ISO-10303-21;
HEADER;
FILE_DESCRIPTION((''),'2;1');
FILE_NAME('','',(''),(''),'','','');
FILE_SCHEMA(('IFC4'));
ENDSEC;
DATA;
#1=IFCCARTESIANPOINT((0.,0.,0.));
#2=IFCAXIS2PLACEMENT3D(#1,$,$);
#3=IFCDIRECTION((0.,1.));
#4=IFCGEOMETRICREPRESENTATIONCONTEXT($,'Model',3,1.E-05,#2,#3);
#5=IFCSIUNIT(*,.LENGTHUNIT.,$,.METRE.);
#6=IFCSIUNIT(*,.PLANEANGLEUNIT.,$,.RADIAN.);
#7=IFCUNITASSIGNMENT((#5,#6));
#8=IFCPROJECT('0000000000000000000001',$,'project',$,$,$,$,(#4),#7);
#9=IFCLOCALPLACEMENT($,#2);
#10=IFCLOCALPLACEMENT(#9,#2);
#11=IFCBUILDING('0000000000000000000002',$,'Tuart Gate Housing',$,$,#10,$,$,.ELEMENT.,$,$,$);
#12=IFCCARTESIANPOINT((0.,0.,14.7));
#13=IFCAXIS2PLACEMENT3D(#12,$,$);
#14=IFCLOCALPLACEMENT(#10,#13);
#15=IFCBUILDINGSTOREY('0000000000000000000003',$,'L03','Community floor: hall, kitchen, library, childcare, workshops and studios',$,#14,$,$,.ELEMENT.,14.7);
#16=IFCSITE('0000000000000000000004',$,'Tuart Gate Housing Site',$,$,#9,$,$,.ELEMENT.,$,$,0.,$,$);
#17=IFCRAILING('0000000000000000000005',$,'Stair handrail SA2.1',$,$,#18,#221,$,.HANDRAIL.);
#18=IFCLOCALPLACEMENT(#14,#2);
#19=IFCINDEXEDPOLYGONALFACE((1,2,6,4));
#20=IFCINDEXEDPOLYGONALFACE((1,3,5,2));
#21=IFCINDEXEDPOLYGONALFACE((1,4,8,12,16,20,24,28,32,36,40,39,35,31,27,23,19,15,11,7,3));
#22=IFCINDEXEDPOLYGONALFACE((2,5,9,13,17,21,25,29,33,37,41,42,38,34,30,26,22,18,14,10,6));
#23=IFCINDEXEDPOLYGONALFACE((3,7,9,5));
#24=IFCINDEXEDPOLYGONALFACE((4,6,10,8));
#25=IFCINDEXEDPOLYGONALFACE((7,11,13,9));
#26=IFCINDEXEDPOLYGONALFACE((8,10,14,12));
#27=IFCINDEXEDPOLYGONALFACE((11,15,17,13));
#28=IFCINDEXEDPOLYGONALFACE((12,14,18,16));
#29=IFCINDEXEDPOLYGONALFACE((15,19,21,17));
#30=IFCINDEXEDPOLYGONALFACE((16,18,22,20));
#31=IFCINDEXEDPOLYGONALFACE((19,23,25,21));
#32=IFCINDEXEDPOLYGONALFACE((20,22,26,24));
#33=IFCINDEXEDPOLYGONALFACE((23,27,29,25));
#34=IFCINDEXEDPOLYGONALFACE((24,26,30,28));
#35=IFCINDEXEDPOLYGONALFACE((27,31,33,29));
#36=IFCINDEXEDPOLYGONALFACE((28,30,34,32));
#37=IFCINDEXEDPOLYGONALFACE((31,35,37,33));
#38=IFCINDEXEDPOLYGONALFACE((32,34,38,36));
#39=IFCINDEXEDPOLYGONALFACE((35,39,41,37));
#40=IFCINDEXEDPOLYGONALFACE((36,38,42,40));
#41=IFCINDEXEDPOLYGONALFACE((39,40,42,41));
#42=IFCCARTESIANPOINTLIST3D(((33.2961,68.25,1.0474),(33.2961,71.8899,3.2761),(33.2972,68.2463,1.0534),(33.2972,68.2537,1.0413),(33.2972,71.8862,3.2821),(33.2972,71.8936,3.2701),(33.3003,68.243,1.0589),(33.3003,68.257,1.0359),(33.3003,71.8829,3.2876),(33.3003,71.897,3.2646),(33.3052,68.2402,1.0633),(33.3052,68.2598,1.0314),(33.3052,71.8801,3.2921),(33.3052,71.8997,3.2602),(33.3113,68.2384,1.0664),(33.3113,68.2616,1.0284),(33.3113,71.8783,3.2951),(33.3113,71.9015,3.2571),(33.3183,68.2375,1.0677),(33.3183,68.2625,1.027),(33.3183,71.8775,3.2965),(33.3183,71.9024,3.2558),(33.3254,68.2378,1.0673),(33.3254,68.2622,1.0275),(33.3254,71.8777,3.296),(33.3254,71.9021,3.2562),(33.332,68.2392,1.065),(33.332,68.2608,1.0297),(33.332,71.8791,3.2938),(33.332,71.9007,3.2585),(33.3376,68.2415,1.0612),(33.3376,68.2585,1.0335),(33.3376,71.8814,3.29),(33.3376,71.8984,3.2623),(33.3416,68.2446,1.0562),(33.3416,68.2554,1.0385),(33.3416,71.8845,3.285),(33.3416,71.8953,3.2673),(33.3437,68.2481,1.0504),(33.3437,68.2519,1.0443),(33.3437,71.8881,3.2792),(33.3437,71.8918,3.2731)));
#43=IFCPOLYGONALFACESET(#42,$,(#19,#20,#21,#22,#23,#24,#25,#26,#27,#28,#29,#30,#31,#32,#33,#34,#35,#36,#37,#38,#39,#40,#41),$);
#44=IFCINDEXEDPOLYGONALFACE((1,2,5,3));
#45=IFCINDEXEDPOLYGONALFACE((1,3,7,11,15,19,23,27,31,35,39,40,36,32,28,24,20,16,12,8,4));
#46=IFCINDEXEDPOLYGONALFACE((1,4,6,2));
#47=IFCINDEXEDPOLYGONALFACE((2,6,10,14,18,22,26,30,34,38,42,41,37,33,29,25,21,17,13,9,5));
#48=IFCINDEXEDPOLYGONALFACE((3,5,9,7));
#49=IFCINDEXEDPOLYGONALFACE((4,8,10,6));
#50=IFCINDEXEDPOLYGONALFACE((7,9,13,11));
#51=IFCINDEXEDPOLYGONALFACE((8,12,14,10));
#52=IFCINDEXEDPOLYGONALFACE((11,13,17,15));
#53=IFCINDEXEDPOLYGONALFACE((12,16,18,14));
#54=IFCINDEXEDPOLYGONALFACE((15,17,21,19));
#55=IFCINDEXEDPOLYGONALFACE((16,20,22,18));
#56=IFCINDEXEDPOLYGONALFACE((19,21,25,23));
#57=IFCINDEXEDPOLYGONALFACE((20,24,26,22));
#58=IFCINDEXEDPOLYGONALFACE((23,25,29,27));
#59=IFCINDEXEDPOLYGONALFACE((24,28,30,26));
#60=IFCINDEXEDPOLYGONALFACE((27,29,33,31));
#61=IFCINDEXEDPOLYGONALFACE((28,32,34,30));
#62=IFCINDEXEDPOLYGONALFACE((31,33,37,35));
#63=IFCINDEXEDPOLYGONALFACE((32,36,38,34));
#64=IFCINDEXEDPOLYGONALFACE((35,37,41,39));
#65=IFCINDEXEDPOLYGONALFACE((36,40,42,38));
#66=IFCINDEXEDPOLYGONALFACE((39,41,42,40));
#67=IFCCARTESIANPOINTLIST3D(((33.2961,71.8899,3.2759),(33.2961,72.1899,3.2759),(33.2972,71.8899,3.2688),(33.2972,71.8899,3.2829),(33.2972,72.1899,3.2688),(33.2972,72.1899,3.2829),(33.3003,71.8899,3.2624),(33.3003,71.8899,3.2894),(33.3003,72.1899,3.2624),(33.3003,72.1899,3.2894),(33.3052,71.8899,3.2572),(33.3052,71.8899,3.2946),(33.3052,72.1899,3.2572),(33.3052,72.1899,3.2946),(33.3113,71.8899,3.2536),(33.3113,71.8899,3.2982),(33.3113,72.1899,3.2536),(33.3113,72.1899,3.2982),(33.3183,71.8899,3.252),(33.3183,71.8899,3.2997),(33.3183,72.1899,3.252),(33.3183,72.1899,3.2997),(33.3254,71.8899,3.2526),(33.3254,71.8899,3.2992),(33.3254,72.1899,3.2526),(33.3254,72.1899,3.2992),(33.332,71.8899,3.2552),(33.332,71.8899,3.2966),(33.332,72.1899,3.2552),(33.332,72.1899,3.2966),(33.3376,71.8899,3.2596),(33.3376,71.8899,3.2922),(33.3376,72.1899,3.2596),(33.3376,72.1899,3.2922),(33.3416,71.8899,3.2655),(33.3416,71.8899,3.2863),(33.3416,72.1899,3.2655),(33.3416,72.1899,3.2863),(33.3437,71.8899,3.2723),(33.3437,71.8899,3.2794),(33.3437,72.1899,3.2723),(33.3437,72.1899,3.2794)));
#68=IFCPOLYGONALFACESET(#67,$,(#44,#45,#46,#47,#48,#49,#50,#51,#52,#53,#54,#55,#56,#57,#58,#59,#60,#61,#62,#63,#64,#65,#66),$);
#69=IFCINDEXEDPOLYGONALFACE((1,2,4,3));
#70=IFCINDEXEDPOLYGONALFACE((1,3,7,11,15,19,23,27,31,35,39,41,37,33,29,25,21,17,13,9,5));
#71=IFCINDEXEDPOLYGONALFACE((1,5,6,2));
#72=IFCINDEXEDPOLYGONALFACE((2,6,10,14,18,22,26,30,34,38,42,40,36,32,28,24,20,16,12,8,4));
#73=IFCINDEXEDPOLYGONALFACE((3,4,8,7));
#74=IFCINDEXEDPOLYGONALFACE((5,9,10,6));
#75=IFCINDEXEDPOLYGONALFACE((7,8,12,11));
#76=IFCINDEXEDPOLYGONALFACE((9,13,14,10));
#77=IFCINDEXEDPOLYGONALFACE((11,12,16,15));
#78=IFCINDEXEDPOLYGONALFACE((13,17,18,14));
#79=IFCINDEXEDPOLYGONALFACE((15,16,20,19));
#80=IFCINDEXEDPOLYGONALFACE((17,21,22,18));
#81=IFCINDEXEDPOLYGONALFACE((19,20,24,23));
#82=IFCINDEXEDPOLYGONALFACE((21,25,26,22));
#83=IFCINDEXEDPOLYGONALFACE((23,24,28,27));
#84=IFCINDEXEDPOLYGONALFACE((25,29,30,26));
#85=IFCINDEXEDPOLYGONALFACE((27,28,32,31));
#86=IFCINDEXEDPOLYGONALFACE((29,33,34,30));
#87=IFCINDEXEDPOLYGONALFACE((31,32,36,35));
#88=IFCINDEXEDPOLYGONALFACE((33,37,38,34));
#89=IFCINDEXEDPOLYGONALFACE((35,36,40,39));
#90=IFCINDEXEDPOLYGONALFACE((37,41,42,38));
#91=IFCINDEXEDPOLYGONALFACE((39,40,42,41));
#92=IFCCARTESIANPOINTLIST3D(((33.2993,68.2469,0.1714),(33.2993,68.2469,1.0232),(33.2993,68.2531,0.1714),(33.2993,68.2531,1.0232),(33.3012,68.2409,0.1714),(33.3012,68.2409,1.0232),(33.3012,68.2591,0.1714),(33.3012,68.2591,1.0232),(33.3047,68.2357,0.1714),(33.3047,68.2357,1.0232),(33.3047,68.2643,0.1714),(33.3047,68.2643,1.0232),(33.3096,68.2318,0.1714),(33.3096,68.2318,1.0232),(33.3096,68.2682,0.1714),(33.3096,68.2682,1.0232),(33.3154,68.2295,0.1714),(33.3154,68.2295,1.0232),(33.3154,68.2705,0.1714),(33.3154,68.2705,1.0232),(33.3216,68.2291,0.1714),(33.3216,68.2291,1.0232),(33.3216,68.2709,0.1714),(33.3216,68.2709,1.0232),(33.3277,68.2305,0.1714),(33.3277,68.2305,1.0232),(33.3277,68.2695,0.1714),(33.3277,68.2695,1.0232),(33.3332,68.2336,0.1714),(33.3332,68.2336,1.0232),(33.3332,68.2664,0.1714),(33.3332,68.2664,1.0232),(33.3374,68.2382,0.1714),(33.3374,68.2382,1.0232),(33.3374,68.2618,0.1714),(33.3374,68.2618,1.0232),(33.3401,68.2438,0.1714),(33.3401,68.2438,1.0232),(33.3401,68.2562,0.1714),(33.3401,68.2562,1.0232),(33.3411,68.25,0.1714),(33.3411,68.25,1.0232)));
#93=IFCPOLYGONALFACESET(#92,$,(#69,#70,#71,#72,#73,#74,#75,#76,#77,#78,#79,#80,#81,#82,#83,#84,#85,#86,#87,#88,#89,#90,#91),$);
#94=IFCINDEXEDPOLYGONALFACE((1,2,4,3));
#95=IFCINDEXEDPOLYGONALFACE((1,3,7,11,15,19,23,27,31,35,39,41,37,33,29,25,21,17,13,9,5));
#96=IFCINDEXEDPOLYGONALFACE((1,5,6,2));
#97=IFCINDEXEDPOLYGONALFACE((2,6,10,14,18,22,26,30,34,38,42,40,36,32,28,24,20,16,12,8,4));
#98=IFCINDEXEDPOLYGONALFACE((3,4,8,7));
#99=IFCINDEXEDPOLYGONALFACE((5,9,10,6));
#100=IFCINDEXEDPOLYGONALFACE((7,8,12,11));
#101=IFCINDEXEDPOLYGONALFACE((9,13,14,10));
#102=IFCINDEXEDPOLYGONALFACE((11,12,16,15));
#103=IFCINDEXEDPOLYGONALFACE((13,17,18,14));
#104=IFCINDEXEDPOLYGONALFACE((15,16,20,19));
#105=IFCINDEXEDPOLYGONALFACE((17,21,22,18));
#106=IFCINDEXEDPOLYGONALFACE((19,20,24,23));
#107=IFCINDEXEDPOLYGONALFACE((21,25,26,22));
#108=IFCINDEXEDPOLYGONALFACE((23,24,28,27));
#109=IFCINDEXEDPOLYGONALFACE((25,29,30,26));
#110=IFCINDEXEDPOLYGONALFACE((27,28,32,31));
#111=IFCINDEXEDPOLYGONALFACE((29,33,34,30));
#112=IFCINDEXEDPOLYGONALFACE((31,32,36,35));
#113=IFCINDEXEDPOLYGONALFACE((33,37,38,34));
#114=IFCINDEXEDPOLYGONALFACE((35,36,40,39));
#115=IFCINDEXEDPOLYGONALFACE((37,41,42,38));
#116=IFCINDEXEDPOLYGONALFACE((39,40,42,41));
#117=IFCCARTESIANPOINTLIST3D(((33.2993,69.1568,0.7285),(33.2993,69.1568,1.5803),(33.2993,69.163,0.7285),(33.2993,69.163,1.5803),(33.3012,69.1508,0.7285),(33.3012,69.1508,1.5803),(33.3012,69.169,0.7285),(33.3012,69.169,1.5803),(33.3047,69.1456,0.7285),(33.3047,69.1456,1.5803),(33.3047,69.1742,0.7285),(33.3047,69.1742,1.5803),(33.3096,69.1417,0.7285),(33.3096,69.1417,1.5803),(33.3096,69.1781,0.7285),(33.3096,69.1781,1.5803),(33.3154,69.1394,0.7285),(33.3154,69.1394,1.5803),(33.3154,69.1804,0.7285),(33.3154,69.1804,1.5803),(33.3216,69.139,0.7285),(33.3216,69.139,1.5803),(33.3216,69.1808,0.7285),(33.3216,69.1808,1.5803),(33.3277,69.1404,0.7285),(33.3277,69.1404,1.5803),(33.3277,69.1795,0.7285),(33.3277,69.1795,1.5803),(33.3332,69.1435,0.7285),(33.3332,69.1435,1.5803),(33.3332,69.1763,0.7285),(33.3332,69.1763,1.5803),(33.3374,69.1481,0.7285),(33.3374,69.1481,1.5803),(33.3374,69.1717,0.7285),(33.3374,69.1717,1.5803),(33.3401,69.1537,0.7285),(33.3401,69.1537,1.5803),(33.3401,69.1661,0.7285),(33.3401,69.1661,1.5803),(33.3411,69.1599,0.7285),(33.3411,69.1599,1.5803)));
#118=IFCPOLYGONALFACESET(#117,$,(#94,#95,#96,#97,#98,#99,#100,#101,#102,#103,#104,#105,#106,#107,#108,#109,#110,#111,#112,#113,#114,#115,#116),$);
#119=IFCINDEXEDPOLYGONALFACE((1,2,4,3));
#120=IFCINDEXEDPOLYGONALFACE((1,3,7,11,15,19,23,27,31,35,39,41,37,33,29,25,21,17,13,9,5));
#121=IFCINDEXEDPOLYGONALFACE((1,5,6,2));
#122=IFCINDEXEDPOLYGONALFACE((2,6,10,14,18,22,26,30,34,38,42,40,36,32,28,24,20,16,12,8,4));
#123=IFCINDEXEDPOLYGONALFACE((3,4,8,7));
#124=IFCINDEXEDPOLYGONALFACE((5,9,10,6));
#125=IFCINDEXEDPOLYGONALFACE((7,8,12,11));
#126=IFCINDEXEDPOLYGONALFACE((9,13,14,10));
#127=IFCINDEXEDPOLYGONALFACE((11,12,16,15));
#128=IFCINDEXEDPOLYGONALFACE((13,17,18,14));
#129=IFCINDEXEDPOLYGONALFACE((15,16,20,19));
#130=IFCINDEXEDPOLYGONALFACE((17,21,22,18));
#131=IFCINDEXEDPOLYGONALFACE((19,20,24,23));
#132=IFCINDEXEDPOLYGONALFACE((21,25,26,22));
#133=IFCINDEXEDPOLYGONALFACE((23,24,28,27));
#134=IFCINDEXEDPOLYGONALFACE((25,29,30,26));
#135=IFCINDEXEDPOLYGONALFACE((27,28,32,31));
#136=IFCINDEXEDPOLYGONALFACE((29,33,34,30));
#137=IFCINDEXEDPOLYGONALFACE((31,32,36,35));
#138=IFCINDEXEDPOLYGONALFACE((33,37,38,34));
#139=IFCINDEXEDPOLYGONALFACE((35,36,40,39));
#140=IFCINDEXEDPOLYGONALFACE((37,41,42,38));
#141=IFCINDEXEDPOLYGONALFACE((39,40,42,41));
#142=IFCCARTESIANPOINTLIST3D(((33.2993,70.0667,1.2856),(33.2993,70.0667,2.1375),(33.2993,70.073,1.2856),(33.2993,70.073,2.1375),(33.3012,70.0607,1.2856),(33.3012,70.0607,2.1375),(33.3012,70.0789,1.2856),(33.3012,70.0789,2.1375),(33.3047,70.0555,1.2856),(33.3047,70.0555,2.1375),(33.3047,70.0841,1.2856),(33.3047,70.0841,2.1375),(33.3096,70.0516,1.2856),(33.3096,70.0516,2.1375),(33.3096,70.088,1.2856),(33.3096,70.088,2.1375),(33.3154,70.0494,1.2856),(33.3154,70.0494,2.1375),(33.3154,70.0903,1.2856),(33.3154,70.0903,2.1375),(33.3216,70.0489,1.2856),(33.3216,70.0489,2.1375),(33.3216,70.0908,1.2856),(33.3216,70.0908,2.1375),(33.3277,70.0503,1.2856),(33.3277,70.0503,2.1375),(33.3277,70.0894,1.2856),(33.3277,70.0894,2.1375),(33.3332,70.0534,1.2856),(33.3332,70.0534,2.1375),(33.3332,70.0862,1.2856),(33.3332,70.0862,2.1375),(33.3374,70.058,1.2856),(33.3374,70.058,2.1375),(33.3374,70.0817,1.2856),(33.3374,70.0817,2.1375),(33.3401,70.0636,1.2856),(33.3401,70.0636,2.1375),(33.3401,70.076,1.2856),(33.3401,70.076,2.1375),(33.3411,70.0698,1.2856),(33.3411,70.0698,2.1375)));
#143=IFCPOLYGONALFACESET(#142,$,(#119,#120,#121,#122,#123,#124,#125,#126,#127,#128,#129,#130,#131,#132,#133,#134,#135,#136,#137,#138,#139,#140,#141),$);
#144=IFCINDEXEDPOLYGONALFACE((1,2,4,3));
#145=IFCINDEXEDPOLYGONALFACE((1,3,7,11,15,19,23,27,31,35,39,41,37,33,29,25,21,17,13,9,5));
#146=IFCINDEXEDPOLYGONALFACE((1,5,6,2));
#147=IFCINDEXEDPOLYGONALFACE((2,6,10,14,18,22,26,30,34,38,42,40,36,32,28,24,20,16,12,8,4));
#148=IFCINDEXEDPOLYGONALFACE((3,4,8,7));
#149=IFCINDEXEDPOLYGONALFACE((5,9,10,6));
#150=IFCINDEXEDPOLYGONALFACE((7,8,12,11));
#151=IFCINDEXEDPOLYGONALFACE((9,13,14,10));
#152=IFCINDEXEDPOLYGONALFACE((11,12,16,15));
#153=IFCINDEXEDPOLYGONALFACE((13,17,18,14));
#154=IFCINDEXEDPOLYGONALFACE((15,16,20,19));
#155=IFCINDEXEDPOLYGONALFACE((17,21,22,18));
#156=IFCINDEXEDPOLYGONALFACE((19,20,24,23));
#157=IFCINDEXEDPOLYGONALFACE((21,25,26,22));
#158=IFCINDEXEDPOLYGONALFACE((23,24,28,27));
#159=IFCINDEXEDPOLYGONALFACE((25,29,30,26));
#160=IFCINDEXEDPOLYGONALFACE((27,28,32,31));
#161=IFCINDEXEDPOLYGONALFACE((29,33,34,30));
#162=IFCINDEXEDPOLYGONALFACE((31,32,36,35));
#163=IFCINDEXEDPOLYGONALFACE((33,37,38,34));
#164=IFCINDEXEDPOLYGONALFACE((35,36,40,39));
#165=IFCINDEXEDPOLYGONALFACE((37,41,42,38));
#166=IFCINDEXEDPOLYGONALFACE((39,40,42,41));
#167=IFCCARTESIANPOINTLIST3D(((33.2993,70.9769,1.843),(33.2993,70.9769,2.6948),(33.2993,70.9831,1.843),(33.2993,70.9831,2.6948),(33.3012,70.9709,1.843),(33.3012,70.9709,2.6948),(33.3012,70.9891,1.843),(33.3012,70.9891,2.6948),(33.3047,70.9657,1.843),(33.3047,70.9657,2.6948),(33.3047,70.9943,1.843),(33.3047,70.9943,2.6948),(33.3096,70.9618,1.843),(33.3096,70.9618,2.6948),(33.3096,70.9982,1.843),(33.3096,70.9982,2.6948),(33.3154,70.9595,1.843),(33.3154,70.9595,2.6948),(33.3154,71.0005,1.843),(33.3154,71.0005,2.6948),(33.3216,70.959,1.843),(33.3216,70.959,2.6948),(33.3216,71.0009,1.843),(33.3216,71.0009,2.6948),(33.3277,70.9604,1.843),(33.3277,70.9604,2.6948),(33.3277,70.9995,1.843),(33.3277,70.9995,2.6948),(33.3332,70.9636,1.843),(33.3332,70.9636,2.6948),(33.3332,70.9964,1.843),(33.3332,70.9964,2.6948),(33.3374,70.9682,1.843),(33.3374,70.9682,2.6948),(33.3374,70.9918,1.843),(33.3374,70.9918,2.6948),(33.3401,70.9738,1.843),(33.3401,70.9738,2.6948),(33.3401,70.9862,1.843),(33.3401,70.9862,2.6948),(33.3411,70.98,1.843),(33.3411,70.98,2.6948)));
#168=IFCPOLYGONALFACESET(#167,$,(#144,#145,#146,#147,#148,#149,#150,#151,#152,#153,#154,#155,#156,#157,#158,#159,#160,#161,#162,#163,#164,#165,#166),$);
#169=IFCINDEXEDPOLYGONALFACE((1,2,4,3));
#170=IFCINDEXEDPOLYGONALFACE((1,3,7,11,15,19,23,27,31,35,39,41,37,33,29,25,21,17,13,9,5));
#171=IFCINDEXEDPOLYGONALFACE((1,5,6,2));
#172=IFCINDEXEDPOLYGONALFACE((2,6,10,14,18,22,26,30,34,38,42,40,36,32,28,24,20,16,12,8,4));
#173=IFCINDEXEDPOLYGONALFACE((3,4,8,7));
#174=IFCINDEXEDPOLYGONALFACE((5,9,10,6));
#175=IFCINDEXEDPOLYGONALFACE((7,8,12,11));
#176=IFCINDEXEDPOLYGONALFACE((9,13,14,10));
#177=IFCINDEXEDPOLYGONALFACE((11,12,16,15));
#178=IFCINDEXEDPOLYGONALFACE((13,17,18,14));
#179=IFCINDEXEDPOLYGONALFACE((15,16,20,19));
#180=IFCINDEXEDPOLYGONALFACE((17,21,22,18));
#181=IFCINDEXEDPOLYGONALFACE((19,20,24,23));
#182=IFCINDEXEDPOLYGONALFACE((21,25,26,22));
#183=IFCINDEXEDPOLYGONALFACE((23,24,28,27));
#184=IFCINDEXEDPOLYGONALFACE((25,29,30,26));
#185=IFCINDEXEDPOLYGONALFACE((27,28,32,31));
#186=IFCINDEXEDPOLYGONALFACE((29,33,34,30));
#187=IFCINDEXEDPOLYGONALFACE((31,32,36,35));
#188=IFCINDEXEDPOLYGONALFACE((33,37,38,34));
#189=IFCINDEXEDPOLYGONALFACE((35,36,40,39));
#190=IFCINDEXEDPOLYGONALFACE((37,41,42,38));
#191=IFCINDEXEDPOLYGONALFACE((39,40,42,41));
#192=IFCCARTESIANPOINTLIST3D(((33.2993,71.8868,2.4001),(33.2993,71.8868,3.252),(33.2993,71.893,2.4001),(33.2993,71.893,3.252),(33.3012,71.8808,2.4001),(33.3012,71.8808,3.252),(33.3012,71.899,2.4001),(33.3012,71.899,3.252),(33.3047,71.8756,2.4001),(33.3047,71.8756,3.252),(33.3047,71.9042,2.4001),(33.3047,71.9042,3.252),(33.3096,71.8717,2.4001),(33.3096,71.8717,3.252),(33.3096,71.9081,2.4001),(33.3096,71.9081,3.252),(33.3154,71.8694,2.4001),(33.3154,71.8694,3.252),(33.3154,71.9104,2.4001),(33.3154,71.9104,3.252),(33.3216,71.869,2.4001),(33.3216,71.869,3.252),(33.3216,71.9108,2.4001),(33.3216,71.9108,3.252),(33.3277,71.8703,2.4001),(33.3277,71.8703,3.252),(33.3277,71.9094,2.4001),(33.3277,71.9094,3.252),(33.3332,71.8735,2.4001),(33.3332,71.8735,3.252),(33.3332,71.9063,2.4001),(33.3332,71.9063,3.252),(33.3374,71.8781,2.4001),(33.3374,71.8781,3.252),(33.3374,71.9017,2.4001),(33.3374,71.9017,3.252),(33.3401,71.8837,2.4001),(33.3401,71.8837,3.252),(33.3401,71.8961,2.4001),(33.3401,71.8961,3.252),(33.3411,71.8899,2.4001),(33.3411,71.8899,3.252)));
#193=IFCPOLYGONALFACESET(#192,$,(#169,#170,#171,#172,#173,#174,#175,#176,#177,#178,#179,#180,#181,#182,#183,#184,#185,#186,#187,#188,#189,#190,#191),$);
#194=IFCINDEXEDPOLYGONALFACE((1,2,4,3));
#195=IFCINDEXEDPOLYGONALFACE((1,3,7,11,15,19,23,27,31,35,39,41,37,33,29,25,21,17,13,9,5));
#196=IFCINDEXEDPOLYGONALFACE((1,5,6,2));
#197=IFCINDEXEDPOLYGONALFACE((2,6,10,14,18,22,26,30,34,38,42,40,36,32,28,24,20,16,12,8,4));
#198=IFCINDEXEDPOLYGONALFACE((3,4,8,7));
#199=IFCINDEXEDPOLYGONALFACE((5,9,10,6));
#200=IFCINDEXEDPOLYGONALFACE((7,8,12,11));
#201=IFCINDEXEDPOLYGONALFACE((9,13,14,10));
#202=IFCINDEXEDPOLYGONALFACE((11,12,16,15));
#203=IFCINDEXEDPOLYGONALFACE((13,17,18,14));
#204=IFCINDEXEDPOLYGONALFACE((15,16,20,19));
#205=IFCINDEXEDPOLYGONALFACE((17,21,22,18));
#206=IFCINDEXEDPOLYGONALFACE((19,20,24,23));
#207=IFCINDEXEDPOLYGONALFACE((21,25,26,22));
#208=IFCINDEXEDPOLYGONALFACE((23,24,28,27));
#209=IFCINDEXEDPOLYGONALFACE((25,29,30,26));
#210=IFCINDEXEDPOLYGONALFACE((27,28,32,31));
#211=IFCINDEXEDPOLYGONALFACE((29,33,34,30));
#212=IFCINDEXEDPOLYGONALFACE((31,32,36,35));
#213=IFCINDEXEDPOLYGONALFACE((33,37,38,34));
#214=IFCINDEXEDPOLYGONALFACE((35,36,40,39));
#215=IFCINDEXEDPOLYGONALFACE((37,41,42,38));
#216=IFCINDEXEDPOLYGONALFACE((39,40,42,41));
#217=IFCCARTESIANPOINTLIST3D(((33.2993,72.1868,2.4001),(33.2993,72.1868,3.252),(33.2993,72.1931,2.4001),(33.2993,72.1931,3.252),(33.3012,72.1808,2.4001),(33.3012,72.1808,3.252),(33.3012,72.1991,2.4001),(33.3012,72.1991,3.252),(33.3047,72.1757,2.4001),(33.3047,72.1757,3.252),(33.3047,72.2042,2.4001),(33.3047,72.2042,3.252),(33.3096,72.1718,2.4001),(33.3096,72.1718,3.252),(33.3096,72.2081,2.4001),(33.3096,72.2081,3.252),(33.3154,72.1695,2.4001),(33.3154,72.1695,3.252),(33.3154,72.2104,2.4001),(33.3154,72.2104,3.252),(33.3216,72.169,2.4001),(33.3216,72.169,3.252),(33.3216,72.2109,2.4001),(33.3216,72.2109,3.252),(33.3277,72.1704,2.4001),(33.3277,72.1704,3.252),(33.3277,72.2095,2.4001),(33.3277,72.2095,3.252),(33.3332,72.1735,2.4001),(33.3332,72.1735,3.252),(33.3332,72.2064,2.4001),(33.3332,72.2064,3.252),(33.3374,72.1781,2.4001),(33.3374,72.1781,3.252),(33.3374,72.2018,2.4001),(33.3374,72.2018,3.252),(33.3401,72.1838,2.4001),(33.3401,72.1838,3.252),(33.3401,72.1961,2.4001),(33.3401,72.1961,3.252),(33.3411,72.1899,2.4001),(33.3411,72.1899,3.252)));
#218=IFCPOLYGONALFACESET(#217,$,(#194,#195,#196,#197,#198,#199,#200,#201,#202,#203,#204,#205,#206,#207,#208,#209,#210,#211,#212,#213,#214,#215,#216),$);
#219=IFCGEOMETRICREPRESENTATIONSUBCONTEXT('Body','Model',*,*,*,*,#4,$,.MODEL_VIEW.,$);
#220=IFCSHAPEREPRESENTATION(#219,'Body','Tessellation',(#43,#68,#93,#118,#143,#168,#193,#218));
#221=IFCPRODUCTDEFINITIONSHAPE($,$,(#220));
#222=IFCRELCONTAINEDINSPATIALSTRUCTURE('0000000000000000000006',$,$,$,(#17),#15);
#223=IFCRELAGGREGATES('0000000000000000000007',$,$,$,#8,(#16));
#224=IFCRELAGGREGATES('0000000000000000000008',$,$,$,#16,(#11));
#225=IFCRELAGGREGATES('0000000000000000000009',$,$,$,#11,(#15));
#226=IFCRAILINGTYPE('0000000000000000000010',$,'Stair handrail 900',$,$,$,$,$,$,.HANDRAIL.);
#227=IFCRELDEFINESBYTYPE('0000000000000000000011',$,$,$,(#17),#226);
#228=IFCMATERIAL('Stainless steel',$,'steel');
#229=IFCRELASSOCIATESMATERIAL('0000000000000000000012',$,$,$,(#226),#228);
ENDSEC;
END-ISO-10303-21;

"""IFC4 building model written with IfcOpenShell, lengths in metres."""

from ifc_helpers import new_model, si_unit, direction, frame, origin, origin_2d, place, context, subcontext, project, spatial, circle, extrude, material, type_object, element, save


model = new_model("IFC4")

# Units and contexts
model_context = context("Model", 3, precision=1e-05, world=origin(), true_north=direction((0.0, 1.0)))
body_context = subcontext(model_context, "Body", "Model", "MODEL_VIEW")
ifc_project = project(units=[si_unit("LENGTHUNIT", "METRE"), si_unit("PLANEANGLEUNIT", "RADIAN")], contexts=[model_context])

# Site, building, storey
site_placement = place(None, origin())
site = spatial("IfcSite", under=ifc_project, at=site_placement, Name="Tuart Gate Housing Site", CompositionType="ELEMENT", RefElevation=0.0)
building_placement = place(site_placement, origin())
building = spatial("IfcBuilding", under=site, at=building_placement, Name="Tuart Gate Housing", CompositionType="ELEMENT")
storey_placement = place(building_placement, frame((0.0, 0.0, 14.7)))
storey = spatial("IfcBuildingStorey", under=building, at=storey_placement, Name="L03", Description="Community floor: hall, kitchen, library, childcare, workshops and studios", CompositionType="ELEMENT", Elevation=14.7)

# Railing
ifc_material_1 = material(Name="Stainless steel", Category="steel")
railing_type = type_object("IfcRailingType", Name="Stair handrail 900", PredefinedType="HANDRAIL", material=ifc_material_1)
railing_placement = place(storey_placement, frame((33.3201, 68.25, 0.1714)))
element("IfcRailing", 1, at=railing_placement, inside=storey, type_object=railing_type, Name="Stair handrail SA2.1", PredefinedType="HANDRAIL", context=body_context, shape_type="SweptSolid", body=[
    extrude(circle(Radius=0.0239, at=origin_2d()), frame((0.0, 0.0, 0.876), z_axis=(0.0, 0.852825, 0.522197), x_axis=(-1.0, 0.0, 0.0)), (0.0, 0.0, 1.0), 4.2681),
    extrude(circle(Radius=0.0239, at=origin_2d()), frame((0.0, 3.6399, 3.1045), z_axis=(0.0, 1.0, 0.0), x_axis=(-1.0, 0.0, 0.0)), (0.0, 0.0, 1.0), 0.3),
    extrude(circle(Radius=0.021, at=origin_2d()), origin(), (0.0, 0.0, 1.0), 0.8518),
    extrude(circle(Radius=0.021, at=origin_2d()), frame((0.0, 0.9099, 0.5571)), (0.0, 0.0, 1.0), 0.8518),
    extrude(circle(Radius=0.021, at=origin_2d()), frame((0.0, 1.8198, 1.1143)), (0.0, 0.0, 1.0), 0.8518),
    extrude(circle(Radius=0.021, at=origin_2d()), frame((0.0, 2.73, 1.6716)), (0.0, 0.0, 1.0), 0.8518),
    extrude(circle(Radius=0.021, at=origin_2d()), frame((0.0, 3.6399, 2.2288)), (0.0, 0.0, 1.0), 0.8518),
    extrude(circle(Radius=0.021, at=origin_2d()), frame((0.0, 3.9399, 2.2288)), (0.0, 0.0, 1.0), 0.8518),
])

save(model, "model.ifc")
